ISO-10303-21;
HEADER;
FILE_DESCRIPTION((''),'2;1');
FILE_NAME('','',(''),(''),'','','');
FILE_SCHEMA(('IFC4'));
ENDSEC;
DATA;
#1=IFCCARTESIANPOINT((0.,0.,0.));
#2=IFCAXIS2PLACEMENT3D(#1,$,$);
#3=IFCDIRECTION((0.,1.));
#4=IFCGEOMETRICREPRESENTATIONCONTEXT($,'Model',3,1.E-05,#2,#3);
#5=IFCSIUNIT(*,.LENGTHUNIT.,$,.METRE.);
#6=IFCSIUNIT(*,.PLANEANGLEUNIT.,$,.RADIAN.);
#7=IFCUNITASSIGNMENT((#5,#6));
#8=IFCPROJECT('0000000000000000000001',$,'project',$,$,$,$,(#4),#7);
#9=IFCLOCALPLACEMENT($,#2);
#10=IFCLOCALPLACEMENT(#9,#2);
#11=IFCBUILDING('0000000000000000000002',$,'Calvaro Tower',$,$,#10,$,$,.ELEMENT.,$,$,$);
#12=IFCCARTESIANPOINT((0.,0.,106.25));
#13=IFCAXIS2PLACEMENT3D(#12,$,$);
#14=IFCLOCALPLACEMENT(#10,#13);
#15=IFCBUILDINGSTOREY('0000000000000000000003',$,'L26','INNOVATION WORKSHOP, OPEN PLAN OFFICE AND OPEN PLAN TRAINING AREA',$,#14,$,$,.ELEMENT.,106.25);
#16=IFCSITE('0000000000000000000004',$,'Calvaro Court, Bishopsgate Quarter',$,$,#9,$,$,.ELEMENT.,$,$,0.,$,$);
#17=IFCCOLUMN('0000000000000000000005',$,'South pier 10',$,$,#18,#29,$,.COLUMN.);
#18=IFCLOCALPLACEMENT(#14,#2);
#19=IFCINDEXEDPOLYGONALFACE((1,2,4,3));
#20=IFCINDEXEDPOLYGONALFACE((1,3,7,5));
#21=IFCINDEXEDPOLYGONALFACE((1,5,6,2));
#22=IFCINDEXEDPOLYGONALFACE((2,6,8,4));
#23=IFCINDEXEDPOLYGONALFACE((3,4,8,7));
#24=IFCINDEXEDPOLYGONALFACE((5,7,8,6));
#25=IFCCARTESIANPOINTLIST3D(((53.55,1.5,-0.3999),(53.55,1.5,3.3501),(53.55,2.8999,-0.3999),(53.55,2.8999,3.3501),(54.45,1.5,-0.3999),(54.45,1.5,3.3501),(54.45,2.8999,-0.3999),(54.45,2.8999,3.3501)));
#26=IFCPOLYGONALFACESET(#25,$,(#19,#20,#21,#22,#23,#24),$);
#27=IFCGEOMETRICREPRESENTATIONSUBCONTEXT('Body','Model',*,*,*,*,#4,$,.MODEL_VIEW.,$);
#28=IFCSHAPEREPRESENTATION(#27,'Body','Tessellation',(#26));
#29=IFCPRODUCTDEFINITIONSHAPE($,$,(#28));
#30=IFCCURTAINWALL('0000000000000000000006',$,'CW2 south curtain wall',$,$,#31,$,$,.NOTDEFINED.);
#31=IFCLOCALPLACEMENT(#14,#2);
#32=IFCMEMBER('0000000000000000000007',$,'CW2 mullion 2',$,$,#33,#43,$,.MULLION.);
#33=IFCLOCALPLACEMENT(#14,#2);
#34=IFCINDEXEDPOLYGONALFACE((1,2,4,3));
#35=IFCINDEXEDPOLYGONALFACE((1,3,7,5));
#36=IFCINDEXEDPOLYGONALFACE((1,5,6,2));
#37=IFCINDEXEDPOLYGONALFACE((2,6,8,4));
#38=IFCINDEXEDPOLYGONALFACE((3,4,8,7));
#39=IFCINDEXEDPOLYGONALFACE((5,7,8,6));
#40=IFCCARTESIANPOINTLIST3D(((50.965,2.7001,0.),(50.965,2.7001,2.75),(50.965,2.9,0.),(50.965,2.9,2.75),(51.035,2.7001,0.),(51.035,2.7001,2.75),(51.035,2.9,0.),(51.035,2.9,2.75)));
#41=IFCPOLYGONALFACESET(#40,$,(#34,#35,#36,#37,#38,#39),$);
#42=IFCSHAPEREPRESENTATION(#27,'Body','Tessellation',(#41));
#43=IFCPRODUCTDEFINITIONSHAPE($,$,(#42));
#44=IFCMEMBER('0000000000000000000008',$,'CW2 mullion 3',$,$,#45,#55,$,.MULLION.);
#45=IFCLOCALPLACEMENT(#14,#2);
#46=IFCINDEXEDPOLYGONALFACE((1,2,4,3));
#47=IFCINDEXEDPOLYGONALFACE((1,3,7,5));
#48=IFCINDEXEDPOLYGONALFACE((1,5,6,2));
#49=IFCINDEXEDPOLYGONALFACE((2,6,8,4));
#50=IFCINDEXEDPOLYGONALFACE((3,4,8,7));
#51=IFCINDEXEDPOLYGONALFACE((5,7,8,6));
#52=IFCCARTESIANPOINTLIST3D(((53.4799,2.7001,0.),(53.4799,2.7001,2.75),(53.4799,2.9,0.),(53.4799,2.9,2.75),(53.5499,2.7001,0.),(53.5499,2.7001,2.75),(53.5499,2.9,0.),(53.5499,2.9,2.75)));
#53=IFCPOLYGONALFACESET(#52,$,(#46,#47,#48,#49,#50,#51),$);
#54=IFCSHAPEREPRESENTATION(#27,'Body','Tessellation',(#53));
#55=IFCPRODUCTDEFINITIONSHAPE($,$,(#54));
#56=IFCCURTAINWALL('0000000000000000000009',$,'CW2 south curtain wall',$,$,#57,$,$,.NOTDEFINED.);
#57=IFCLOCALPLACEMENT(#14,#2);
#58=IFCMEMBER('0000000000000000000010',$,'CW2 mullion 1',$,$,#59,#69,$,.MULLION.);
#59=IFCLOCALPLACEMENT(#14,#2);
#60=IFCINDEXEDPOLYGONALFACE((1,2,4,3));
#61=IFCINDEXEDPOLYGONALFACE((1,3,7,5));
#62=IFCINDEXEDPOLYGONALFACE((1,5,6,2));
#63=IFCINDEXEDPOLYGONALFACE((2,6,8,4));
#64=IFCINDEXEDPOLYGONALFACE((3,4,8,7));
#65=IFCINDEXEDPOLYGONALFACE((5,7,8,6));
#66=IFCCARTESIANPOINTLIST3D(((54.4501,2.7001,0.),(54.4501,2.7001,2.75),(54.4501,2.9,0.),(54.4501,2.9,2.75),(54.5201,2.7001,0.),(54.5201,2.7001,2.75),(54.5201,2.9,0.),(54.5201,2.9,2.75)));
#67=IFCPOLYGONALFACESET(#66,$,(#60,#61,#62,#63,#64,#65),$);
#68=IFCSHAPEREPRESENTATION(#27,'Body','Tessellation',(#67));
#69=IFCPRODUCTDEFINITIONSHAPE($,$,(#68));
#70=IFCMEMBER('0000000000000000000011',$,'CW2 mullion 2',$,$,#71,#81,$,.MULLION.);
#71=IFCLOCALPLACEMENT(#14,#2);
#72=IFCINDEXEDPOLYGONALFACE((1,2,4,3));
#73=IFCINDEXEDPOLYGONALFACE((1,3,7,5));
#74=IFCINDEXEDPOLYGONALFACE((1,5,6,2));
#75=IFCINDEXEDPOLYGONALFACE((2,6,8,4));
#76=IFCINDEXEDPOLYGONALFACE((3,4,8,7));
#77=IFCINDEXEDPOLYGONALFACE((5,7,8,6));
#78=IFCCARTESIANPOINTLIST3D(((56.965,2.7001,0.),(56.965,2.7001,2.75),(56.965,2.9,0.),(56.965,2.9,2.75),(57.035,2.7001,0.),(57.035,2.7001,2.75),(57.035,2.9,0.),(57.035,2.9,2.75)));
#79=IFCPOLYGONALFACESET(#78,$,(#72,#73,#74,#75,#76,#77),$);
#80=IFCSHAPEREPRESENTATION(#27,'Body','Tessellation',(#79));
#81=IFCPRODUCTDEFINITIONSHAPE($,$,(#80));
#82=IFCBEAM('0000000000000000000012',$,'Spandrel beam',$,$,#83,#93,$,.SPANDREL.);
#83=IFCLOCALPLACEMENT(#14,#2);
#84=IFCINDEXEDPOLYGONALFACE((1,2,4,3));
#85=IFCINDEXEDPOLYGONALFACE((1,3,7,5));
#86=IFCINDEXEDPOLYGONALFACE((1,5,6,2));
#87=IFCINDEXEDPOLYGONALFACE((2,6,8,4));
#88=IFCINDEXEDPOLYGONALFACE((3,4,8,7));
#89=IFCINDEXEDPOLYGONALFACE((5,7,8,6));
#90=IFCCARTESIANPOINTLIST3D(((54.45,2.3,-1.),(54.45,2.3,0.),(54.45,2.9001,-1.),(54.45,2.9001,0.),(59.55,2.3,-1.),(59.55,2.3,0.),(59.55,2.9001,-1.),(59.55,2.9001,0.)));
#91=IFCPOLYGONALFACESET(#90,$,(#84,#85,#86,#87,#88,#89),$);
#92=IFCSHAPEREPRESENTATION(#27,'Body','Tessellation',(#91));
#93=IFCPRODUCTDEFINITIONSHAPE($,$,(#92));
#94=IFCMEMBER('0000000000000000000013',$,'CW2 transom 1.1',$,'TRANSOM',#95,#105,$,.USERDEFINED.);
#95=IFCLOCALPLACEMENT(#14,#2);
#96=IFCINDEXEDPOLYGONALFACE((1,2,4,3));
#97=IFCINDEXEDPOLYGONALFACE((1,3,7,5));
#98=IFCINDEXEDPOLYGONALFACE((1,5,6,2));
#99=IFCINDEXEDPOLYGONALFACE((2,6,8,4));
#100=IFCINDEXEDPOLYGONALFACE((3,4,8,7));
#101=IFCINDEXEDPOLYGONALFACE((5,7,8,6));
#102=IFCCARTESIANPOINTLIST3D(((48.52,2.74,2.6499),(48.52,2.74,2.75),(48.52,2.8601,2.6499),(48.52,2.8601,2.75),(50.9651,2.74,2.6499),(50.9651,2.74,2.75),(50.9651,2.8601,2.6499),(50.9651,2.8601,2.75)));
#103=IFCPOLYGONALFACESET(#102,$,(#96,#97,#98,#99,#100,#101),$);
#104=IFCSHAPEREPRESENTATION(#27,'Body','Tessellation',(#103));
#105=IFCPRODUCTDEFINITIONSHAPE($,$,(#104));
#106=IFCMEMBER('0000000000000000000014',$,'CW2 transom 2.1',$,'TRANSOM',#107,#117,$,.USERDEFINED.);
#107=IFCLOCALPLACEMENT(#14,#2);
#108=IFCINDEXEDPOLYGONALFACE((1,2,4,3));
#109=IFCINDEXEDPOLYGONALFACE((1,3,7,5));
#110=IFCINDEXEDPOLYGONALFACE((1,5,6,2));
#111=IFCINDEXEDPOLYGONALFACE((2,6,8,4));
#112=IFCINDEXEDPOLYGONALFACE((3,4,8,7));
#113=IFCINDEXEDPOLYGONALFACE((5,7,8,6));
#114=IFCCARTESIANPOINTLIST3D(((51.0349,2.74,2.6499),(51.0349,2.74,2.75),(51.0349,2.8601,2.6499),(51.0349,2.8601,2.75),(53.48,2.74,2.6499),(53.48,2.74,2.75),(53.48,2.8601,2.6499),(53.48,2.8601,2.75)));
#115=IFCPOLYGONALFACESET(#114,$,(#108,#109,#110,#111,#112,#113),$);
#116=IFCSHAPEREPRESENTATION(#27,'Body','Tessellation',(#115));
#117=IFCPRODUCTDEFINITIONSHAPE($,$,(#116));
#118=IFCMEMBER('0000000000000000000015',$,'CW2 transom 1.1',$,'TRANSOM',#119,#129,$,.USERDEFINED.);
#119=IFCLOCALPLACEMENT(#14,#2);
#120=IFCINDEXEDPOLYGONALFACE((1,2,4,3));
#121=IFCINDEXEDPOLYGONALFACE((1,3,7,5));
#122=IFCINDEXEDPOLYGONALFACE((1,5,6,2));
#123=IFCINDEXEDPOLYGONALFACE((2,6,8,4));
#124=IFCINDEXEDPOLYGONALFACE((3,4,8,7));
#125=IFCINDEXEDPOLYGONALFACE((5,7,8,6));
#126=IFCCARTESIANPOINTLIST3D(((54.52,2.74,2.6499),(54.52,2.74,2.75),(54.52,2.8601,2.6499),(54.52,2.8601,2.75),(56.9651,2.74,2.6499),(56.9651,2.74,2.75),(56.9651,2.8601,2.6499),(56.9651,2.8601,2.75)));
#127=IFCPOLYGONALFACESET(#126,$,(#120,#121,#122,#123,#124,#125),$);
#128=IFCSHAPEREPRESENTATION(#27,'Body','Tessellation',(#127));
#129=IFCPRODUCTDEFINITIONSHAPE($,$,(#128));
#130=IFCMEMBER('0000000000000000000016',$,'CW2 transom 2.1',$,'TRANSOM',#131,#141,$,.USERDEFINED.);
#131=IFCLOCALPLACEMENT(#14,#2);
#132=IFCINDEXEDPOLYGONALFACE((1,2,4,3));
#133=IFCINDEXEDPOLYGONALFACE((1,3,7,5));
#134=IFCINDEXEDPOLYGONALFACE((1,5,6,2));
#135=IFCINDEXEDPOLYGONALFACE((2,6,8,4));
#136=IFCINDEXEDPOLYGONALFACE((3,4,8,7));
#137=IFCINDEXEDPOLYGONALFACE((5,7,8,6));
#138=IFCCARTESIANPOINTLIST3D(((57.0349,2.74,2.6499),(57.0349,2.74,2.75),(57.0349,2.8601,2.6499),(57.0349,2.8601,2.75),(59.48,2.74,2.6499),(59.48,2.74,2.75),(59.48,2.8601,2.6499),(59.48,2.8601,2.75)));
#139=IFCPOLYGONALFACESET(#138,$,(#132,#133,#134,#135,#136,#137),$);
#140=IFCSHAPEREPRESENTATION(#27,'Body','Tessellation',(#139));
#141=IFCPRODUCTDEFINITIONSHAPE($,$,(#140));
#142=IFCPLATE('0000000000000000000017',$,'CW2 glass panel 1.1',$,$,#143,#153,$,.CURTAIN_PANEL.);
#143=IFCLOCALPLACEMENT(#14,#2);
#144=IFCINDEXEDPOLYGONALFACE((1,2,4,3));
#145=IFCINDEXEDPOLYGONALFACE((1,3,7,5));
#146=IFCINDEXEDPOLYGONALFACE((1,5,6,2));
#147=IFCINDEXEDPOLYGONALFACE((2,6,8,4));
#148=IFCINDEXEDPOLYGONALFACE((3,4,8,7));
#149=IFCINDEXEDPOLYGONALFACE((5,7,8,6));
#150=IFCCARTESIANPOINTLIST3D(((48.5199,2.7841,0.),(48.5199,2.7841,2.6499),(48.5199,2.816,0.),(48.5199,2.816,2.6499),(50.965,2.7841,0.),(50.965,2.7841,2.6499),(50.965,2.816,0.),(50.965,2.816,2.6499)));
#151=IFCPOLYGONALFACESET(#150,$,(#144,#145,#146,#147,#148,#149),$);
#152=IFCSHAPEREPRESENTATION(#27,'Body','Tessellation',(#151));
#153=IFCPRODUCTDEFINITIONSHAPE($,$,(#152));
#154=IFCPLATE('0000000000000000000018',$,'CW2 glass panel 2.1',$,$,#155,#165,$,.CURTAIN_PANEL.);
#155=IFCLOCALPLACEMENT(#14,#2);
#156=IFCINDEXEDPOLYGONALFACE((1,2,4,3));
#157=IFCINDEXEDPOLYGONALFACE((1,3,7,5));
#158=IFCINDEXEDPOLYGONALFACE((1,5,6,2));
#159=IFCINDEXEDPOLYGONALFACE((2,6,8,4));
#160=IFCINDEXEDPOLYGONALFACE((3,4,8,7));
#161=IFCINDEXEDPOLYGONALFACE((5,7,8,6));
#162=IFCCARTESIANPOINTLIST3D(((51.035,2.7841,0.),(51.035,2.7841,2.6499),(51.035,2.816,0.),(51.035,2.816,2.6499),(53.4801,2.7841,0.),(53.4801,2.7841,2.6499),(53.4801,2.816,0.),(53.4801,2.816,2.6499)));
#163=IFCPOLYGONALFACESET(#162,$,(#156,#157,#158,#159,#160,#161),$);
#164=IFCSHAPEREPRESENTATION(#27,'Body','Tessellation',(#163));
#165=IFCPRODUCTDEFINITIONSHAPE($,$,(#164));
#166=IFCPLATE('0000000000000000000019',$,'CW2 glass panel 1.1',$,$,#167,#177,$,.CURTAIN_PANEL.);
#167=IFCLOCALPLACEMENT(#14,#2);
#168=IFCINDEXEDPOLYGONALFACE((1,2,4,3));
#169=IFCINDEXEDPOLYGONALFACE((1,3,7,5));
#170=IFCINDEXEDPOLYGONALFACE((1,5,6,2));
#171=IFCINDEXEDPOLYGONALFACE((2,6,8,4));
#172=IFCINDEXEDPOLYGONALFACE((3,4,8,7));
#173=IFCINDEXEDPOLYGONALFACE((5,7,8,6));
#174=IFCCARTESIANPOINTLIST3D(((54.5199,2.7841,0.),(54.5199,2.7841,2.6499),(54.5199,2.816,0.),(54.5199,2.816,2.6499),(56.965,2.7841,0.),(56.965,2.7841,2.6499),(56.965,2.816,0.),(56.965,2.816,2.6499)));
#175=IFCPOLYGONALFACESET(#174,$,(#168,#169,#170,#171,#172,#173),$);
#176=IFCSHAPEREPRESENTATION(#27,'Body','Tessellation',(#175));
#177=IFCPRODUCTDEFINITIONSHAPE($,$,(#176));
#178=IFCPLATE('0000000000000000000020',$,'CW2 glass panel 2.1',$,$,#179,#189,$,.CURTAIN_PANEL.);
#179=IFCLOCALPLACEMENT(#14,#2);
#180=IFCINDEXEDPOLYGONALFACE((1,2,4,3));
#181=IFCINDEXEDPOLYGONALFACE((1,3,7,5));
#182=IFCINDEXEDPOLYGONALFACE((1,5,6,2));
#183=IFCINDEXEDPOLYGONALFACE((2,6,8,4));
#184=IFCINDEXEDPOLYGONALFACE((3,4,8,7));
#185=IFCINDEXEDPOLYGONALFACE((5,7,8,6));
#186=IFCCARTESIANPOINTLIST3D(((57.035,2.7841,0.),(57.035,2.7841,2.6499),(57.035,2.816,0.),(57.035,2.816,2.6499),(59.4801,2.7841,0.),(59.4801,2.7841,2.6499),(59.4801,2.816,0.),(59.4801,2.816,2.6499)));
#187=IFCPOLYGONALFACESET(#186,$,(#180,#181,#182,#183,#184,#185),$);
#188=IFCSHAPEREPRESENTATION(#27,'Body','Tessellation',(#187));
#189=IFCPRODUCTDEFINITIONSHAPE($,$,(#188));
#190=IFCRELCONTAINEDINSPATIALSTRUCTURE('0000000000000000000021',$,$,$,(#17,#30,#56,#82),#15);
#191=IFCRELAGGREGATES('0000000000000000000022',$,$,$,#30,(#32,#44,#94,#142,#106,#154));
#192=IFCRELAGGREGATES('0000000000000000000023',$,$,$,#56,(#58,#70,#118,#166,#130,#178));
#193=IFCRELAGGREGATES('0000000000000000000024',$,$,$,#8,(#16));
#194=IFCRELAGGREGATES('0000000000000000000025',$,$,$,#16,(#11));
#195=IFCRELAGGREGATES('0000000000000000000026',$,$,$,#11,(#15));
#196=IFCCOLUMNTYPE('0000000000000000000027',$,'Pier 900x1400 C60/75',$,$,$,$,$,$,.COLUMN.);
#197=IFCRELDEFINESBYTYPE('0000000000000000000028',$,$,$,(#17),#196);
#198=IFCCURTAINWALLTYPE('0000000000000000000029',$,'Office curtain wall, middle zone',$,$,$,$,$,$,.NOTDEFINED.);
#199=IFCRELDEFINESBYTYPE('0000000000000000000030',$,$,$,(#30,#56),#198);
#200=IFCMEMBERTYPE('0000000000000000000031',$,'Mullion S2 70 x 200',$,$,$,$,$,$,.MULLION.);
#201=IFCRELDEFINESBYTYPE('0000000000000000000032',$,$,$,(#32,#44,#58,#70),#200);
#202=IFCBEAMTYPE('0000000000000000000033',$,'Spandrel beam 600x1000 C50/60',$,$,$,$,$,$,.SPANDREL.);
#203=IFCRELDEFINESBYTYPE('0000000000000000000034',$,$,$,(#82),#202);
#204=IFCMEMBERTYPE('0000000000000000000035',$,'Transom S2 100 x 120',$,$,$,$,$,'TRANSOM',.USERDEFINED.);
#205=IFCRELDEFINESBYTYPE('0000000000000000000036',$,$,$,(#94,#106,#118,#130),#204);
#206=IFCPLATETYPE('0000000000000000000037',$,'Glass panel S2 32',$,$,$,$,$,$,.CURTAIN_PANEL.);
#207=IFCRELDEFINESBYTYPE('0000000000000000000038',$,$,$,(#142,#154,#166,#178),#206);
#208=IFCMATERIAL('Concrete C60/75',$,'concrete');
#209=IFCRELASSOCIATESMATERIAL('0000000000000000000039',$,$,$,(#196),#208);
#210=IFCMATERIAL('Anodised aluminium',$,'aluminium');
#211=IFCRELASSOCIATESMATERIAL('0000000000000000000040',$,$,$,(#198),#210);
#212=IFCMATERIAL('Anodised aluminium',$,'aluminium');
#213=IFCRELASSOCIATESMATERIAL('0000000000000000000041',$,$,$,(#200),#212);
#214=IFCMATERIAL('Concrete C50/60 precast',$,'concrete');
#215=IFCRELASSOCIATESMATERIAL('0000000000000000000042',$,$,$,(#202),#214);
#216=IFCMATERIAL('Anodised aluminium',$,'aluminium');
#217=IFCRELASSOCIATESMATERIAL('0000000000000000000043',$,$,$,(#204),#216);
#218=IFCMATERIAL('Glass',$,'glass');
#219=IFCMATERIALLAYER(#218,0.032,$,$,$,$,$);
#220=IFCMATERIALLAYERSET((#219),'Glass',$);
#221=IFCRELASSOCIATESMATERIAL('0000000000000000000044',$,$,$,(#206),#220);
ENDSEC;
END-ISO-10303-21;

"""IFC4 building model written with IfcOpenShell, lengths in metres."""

from ifc_helpers import new_model, si_unit, direction, frame, origin, origin_2d, place, context, subcontext, project, spatial, rectangle, extrude, material, layer, layer_set, material_profile, profile_set, type_object, element, aggregate, save


model = new_model("IFC4")

# Units and contexts
model_context = context("Model", 3, precision=1e-05, world=origin(), true_north=direction((0.0, 1.0)))
body_context = subcontext(model_context, "Body", "Model", "MODEL_VIEW")
ifc_project = project(units=[si_unit("LENGTHUNIT", "METRE"), si_unit("PLANEANGLEUNIT", "RADIAN")], contexts=[model_context])

# Site, building, storey
site_placement = place(None, origin())
site = spatial("IfcSite", under=ifc_project, at=site_placement, Name="Calvaro Court, Bishopsgate Quarter", CompositionType="ELEMENT", RefElevation=0.0)
building_placement = place(site_placement, origin())
building = spatial("IfcBuilding", under=site, at=building_placement, Name="Calvaro Tower", CompositionType="ELEMENT")
storey_placement = place(building_placement, frame((0.0, 0.0, 106.25)))
storey = spatial("IfcBuildingStorey", under=building, at=storey_placement, Name="L26", Description="INNOVATION WORKSHOP, OPEN PLAN OFFICE AND OPEN PLAN TRAINING AREA", CompositionType="ELEMENT", Elevation=106.25)

# Column
ifc_material_1 = material(Name="Concrete C60/75", Category="concrete")
ifc_material_profile_1 = material_profile(ifc_material_1, rectangle(XDim=0.8999, YDim=1.3999, at=origin_2d()), Name="RC 900x1400")
ifc_profile_set_1 = profile_set([ifc_material_profile_1], Name="Concrete C60/75")
column_type = type_object("IfcColumnType", Name="Pier 900x1400 C60/75", PredefinedType="COLUMN", material=ifc_profile_set_1)
column_placement = place(storey_placement, frame((54.0, 2.2, -0.3999), z_axis=(0.0, 0.0, 1.0), x_axis=(1.0, 0.0, 0.0)))
element("IfcColumn", 1, at=column_placement, inside=storey, type_object=column_type, Name="South pier 10", PredefinedType="COLUMN", context=body_context, shape_type="SweptSolid", body=[
    extrude(rectangle(XDim=0.8999, YDim=1.3999, at=origin_2d()), origin(), (0.0, 0.0, 1.0), 3.75),
])

# Curtain walls, members
ifc_material_2 = material(Name="Anodised aluminium", Category="aluminium")
curtain_wall_type = type_object("IfcCurtainWallType", Name="Office curtain wall, middle zone", PredefinedType="NOTDEFINED", material=ifc_material_2)
curtain_wall_1_placement = place(storey_placement, origin())
curtain_wall_1 = element("IfcCurtainWall", 2, at=curtain_wall_1_placement, inside=storey, type_object=curtain_wall_type, Name="CW2 south curtain wall", PredefinedType="NOTDEFINED")
ifc_material_3 = material(Name="Anodised aluminium", Category="aluminium")
ifc_material_profile_2 = material_profile(ifc_material_3, rectangle(XDim=0.2, YDim=0.0701, at=origin_2d()), Name="Mullion S2 70 x 200")
ifc_profile_set_2 = profile_set([ifc_material_profile_2], Name="Anodised aluminium")
member_type_1 = type_object("IfcMemberType", Name="Mullion S2 70 x 200", PredefinedType="MULLION", material=ifc_profile_set_2)
member_1_placement = place(storey_placement, frame((51.0, 2.8, 0.0), z_axis=(0.0, 0.0, 1.0), x_axis=(0.0, 1.0, 0.0)))
member_1 = element("IfcMember", 3, at=member_1_placement, type_object=member_type_1, Name="CW2 mullion 2", PredefinedType="MULLION", context=body_context, shape_type="SweptSolid", body=[
    extrude(rectangle(XDim=0.2, YDim=0.0701, at=origin_2d()), origin(), (0.0, 0.0, 1.0), 2.75),
])
member_2_placement = place(storey_placement, frame((53.5149, 2.8, 0.0), z_axis=(0.0, 0.0, 1.0), x_axis=(0.0, 1.0, 0.0)))
member_2 = element("IfcMember", 4, at=member_2_placement, type_object=member_type_1, Name="CW2 mullion 3", PredefinedType="MULLION", context=body_context, shape_type="SweptSolid", body=[
    extrude(rectangle(XDim=0.2, YDim=0.0701, at=origin_2d()), origin(), (0.0, 0.0, 1.0), 2.75),
])
curtain_wall_2_placement = place(storey_placement, origin())
curtain_wall_2 = element("IfcCurtainWall", 5, at=curtain_wall_2_placement, inside=storey, type_object=curtain_wall_type, Name="CW2 south curtain wall", PredefinedType="NOTDEFINED")
member_3_placement = place(storey_placement, frame((54.4851, 2.8, 0.0), z_axis=(0.0, 0.0, 1.0), x_axis=(0.0, 1.0, 0.0)))
member_3 = element("IfcMember", 6, at=member_3_placement, type_object=member_type_1, Name="CW2 mullion 1", PredefinedType="MULLION", context=body_context, shape_type="SweptSolid", body=[
    extrude(rectangle(XDim=0.2, YDim=0.0701, at=origin_2d()), origin(), (0.0, 0.0, 1.0), 2.75),
])
member_4_placement = place(storey_placement, frame((57.0, 2.8, 0.0), z_axis=(0.0, 0.0, 1.0), x_axis=(0.0, 1.0, 0.0)))
member_4 = element("IfcMember", 7, at=member_4_placement, type_object=member_type_1, Name="CW2 mullion 2", PredefinedType="MULLION", context=body_context, shape_type="SweptSolid", body=[
    extrude(rectangle(XDim=0.2, YDim=0.0701, at=origin_2d()), origin(), (0.0, 0.0, 1.0), 2.75),
])

# Beam
ifc_material_4 = material(Name="Concrete C50/60 precast", Category="concrete")
ifc_material_profile_3 = material_profile(ifc_material_4, rectangle(XDim=0.6001, YDim=1.0, at=origin_2d()), Name="RC 600x1000")
ifc_profile_set_3 = profile_set([ifc_material_profile_3], Name="Concrete C50/60 precast")
beam_type = type_object("IfcBeamType", Name="Spandrel beam 600x1000 C50/60", PredefinedType="SPANDREL", material=ifc_profile_set_3)
beam_placement = place(storey_placement, frame((54.45, 2.6001, -0.5), z_axis=(1.0, 0.0, 0.0), x_axis=(0.0, 1.0, 0.0)))
element("IfcBeam", 8, at=beam_placement, inside=storey, type_object=beam_type, Name="Spandrel beam", PredefinedType="SPANDREL", context=body_context, shape_type="SweptSolid", body=[
    extrude(rectangle(XDim=0.6001, YDim=1.0, at=origin_2d()), origin(), (0.0, 0.0, 1.0), 5.1001),
])

# Members
ifc_material_5 = material(Name="Anodised aluminium", Category="aluminium")
ifc_material_profile_4 = material_profile(ifc_material_5, rectangle(XDim=0.1201, YDim=0.1001, at=origin_2d()), Name="Transom S2 100 x 120")
ifc_profile_set_4 = profile_set([ifc_material_profile_4], Name="Anodised aluminium")
member_type_2 = type_object("IfcMemberType", Name="Transom S2 100 x 120", ElementType="TRANSOM", PredefinedType="USERDEFINED", material=ifc_profile_set_4)
member_5_placement = place(storey_placement, frame((48.52, 2.8, 2.7), z_axis=(1.0, 0.0, 0.0), x_axis=(0.0, 1.0, 0.0)))
member_5 = element("IfcMember", 9, at=member_5_placement, type_object=member_type_2, Name="CW2 transom 1.1", ObjectType="TRANSOM", PredefinedType="USERDEFINED", context=body_context, shape_type="SweptSolid", body=[
    extrude(rectangle(XDim=0.1201, YDim=0.1001, at=origin_2d()), origin(), (0.0, 0.0, 1.0), 2.4451),
])
member_6_placement = place(storey_placement, frame((51.0349, 2.8, 2.7), z_axis=(1.0, 0.0, 0.0), x_axis=(0.0, 1.0, 0.0)))
member_6 = element("IfcMember", 10, at=member_6_placement, type_object=member_type_2, Name="CW2 transom 2.1", ObjectType="TRANSOM", PredefinedType="USERDEFINED", context=body_context, shape_type="SweptSolid", body=[
    extrude(rectangle(XDim=0.1201, YDim=0.1001, at=origin_2d()), origin(), (0.0, 0.0, 1.0), 2.4451),
])
member_7_placement = place(storey_placement, frame((54.52, 2.8, 2.7), z_axis=(1.0, 0.0, 0.0), x_axis=(0.0, 1.0, 0.0)))
member_7 = element("IfcMember", 11, at=member_7_placement, type_object=member_type_2, Name="CW2 transom 1.1", ObjectType="TRANSOM", PredefinedType="USERDEFINED", context=body_context, shape_type="SweptSolid", body=[
    extrude(rectangle(XDim=0.1201, YDim=0.1001, at=origin_2d()), origin(), (0.0, 0.0, 1.0), 2.4451),
])
member_8_placement = place(storey_placement, frame((57.0349, 2.8, 2.7), z_axis=(1.0, 0.0, 0.0), x_axis=(0.0, 1.0, 0.0)))
member_8 = element("IfcMember", 12, at=member_8_placement, type_object=member_type_2, Name="CW2 transom 2.1", ObjectType="TRANSOM", PredefinedType="USERDEFINED", context=body_context, shape_type="SweptSolid", body=[
    extrude(rectangle(XDim=0.1201, YDim=0.1001, at=origin_2d()), origin(), (0.0, 0.0, 1.0), 2.4451),
])

# Plates
ifc_material_6 = material(Name="Glass", Category="glass")
ifc_layer = layer(ifc_material_6, 0.032)
ifc_layer_set = layer_set([ifc_layer], Name="Glass")
plate_type = type_object("IfcPlateType", Name="Glass panel S2 32", PredefinedType="CURTAIN_PANEL", material=ifc_layer_set)
plate_1_placement = place(storey_placement, frame((49.7424, 2.8, 0.0), z_axis=(0.0, 0.0, 1.0), x_axis=(1.0, 0.0, 0.0)))
plate_1 = element("IfcPlate", 13, at=plate_1_placement, type_object=plate_type, Name="CW2 glass panel 1.1", PredefinedType="CURTAIN_PANEL", context=body_context, shape_type="SweptSolid", body=[
    extrude(rectangle(XDim=2.4451, YDim=0.032, at=origin_2d()), origin(), (0.0, 0.0, 1.0), 2.6499),
])
plate_2_placement = place(storey_placement, frame((52.2576, 2.8, 0.0), z_axis=(0.0, 0.0, 1.0), x_axis=(1.0, 0.0, 0.0)))
plate_2 = element("IfcPlate", 14, at=plate_2_placement, type_object=plate_type, Name="CW2 glass panel 2.1", PredefinedType="CURTAIN_PANEL", context=body_context, shape_type="SweptSolid", body=[
    extrude(rectangle(XDim=2.4451, YDim=0.032, at=origin_2d()), origin(), (0.0, 0.0, 1.0), 2.6499),
])
aggregate(curtain_wall_1, [member_1, member_2, member_5, plate_1, member_6, plate_2])
plate_3_placement = place(storey_placement, frame((55.7424, 2.8, 0.0), z_axis=(0.0, 0.0, 1.0), x_axis=(1.0, 0.0, 0.0)))
plate_3 = element("IfcPlate", 15, at=plate_3_placement, type_object=plate_type, Name="CW2 glass panel 1.1", PredefinedType="CURTAIN_PANEL", context=body_context, shape_type="SweptSolid", body=[
    extrude(rectangle(XDim=2.4451, YDim=0.032, at=origin_2d()), origin(), (0.0, 0.0, 1.0), 2.6499),
])
plate_4_placement = place(storey_placement, frame((58.2576, 2.8, 0.0), z_axis=(0.0, 0.0, 1.0), x_axis=(1.0, 0.0, 0.0)))
plate_4 = element("IfcPlate", 16, at=plate_4_placement, type_object=plate_type, Name="CW2 glass panel 2.1", PredefinedType="CURTAIN_PANEL", context=body_context, shape_type="SweptSolid", body=[
    extrude(rectangle(XDim=2.4451, YDim=0.032, at=origin_2d()), origin(), (0.0, 0.0, 1.0), 2.6499),
])
aggregate(curtain_wall_2, [member_3, member_4, member_7, plate_3, member_8, plate_4])

save(model, "model.ifc")
